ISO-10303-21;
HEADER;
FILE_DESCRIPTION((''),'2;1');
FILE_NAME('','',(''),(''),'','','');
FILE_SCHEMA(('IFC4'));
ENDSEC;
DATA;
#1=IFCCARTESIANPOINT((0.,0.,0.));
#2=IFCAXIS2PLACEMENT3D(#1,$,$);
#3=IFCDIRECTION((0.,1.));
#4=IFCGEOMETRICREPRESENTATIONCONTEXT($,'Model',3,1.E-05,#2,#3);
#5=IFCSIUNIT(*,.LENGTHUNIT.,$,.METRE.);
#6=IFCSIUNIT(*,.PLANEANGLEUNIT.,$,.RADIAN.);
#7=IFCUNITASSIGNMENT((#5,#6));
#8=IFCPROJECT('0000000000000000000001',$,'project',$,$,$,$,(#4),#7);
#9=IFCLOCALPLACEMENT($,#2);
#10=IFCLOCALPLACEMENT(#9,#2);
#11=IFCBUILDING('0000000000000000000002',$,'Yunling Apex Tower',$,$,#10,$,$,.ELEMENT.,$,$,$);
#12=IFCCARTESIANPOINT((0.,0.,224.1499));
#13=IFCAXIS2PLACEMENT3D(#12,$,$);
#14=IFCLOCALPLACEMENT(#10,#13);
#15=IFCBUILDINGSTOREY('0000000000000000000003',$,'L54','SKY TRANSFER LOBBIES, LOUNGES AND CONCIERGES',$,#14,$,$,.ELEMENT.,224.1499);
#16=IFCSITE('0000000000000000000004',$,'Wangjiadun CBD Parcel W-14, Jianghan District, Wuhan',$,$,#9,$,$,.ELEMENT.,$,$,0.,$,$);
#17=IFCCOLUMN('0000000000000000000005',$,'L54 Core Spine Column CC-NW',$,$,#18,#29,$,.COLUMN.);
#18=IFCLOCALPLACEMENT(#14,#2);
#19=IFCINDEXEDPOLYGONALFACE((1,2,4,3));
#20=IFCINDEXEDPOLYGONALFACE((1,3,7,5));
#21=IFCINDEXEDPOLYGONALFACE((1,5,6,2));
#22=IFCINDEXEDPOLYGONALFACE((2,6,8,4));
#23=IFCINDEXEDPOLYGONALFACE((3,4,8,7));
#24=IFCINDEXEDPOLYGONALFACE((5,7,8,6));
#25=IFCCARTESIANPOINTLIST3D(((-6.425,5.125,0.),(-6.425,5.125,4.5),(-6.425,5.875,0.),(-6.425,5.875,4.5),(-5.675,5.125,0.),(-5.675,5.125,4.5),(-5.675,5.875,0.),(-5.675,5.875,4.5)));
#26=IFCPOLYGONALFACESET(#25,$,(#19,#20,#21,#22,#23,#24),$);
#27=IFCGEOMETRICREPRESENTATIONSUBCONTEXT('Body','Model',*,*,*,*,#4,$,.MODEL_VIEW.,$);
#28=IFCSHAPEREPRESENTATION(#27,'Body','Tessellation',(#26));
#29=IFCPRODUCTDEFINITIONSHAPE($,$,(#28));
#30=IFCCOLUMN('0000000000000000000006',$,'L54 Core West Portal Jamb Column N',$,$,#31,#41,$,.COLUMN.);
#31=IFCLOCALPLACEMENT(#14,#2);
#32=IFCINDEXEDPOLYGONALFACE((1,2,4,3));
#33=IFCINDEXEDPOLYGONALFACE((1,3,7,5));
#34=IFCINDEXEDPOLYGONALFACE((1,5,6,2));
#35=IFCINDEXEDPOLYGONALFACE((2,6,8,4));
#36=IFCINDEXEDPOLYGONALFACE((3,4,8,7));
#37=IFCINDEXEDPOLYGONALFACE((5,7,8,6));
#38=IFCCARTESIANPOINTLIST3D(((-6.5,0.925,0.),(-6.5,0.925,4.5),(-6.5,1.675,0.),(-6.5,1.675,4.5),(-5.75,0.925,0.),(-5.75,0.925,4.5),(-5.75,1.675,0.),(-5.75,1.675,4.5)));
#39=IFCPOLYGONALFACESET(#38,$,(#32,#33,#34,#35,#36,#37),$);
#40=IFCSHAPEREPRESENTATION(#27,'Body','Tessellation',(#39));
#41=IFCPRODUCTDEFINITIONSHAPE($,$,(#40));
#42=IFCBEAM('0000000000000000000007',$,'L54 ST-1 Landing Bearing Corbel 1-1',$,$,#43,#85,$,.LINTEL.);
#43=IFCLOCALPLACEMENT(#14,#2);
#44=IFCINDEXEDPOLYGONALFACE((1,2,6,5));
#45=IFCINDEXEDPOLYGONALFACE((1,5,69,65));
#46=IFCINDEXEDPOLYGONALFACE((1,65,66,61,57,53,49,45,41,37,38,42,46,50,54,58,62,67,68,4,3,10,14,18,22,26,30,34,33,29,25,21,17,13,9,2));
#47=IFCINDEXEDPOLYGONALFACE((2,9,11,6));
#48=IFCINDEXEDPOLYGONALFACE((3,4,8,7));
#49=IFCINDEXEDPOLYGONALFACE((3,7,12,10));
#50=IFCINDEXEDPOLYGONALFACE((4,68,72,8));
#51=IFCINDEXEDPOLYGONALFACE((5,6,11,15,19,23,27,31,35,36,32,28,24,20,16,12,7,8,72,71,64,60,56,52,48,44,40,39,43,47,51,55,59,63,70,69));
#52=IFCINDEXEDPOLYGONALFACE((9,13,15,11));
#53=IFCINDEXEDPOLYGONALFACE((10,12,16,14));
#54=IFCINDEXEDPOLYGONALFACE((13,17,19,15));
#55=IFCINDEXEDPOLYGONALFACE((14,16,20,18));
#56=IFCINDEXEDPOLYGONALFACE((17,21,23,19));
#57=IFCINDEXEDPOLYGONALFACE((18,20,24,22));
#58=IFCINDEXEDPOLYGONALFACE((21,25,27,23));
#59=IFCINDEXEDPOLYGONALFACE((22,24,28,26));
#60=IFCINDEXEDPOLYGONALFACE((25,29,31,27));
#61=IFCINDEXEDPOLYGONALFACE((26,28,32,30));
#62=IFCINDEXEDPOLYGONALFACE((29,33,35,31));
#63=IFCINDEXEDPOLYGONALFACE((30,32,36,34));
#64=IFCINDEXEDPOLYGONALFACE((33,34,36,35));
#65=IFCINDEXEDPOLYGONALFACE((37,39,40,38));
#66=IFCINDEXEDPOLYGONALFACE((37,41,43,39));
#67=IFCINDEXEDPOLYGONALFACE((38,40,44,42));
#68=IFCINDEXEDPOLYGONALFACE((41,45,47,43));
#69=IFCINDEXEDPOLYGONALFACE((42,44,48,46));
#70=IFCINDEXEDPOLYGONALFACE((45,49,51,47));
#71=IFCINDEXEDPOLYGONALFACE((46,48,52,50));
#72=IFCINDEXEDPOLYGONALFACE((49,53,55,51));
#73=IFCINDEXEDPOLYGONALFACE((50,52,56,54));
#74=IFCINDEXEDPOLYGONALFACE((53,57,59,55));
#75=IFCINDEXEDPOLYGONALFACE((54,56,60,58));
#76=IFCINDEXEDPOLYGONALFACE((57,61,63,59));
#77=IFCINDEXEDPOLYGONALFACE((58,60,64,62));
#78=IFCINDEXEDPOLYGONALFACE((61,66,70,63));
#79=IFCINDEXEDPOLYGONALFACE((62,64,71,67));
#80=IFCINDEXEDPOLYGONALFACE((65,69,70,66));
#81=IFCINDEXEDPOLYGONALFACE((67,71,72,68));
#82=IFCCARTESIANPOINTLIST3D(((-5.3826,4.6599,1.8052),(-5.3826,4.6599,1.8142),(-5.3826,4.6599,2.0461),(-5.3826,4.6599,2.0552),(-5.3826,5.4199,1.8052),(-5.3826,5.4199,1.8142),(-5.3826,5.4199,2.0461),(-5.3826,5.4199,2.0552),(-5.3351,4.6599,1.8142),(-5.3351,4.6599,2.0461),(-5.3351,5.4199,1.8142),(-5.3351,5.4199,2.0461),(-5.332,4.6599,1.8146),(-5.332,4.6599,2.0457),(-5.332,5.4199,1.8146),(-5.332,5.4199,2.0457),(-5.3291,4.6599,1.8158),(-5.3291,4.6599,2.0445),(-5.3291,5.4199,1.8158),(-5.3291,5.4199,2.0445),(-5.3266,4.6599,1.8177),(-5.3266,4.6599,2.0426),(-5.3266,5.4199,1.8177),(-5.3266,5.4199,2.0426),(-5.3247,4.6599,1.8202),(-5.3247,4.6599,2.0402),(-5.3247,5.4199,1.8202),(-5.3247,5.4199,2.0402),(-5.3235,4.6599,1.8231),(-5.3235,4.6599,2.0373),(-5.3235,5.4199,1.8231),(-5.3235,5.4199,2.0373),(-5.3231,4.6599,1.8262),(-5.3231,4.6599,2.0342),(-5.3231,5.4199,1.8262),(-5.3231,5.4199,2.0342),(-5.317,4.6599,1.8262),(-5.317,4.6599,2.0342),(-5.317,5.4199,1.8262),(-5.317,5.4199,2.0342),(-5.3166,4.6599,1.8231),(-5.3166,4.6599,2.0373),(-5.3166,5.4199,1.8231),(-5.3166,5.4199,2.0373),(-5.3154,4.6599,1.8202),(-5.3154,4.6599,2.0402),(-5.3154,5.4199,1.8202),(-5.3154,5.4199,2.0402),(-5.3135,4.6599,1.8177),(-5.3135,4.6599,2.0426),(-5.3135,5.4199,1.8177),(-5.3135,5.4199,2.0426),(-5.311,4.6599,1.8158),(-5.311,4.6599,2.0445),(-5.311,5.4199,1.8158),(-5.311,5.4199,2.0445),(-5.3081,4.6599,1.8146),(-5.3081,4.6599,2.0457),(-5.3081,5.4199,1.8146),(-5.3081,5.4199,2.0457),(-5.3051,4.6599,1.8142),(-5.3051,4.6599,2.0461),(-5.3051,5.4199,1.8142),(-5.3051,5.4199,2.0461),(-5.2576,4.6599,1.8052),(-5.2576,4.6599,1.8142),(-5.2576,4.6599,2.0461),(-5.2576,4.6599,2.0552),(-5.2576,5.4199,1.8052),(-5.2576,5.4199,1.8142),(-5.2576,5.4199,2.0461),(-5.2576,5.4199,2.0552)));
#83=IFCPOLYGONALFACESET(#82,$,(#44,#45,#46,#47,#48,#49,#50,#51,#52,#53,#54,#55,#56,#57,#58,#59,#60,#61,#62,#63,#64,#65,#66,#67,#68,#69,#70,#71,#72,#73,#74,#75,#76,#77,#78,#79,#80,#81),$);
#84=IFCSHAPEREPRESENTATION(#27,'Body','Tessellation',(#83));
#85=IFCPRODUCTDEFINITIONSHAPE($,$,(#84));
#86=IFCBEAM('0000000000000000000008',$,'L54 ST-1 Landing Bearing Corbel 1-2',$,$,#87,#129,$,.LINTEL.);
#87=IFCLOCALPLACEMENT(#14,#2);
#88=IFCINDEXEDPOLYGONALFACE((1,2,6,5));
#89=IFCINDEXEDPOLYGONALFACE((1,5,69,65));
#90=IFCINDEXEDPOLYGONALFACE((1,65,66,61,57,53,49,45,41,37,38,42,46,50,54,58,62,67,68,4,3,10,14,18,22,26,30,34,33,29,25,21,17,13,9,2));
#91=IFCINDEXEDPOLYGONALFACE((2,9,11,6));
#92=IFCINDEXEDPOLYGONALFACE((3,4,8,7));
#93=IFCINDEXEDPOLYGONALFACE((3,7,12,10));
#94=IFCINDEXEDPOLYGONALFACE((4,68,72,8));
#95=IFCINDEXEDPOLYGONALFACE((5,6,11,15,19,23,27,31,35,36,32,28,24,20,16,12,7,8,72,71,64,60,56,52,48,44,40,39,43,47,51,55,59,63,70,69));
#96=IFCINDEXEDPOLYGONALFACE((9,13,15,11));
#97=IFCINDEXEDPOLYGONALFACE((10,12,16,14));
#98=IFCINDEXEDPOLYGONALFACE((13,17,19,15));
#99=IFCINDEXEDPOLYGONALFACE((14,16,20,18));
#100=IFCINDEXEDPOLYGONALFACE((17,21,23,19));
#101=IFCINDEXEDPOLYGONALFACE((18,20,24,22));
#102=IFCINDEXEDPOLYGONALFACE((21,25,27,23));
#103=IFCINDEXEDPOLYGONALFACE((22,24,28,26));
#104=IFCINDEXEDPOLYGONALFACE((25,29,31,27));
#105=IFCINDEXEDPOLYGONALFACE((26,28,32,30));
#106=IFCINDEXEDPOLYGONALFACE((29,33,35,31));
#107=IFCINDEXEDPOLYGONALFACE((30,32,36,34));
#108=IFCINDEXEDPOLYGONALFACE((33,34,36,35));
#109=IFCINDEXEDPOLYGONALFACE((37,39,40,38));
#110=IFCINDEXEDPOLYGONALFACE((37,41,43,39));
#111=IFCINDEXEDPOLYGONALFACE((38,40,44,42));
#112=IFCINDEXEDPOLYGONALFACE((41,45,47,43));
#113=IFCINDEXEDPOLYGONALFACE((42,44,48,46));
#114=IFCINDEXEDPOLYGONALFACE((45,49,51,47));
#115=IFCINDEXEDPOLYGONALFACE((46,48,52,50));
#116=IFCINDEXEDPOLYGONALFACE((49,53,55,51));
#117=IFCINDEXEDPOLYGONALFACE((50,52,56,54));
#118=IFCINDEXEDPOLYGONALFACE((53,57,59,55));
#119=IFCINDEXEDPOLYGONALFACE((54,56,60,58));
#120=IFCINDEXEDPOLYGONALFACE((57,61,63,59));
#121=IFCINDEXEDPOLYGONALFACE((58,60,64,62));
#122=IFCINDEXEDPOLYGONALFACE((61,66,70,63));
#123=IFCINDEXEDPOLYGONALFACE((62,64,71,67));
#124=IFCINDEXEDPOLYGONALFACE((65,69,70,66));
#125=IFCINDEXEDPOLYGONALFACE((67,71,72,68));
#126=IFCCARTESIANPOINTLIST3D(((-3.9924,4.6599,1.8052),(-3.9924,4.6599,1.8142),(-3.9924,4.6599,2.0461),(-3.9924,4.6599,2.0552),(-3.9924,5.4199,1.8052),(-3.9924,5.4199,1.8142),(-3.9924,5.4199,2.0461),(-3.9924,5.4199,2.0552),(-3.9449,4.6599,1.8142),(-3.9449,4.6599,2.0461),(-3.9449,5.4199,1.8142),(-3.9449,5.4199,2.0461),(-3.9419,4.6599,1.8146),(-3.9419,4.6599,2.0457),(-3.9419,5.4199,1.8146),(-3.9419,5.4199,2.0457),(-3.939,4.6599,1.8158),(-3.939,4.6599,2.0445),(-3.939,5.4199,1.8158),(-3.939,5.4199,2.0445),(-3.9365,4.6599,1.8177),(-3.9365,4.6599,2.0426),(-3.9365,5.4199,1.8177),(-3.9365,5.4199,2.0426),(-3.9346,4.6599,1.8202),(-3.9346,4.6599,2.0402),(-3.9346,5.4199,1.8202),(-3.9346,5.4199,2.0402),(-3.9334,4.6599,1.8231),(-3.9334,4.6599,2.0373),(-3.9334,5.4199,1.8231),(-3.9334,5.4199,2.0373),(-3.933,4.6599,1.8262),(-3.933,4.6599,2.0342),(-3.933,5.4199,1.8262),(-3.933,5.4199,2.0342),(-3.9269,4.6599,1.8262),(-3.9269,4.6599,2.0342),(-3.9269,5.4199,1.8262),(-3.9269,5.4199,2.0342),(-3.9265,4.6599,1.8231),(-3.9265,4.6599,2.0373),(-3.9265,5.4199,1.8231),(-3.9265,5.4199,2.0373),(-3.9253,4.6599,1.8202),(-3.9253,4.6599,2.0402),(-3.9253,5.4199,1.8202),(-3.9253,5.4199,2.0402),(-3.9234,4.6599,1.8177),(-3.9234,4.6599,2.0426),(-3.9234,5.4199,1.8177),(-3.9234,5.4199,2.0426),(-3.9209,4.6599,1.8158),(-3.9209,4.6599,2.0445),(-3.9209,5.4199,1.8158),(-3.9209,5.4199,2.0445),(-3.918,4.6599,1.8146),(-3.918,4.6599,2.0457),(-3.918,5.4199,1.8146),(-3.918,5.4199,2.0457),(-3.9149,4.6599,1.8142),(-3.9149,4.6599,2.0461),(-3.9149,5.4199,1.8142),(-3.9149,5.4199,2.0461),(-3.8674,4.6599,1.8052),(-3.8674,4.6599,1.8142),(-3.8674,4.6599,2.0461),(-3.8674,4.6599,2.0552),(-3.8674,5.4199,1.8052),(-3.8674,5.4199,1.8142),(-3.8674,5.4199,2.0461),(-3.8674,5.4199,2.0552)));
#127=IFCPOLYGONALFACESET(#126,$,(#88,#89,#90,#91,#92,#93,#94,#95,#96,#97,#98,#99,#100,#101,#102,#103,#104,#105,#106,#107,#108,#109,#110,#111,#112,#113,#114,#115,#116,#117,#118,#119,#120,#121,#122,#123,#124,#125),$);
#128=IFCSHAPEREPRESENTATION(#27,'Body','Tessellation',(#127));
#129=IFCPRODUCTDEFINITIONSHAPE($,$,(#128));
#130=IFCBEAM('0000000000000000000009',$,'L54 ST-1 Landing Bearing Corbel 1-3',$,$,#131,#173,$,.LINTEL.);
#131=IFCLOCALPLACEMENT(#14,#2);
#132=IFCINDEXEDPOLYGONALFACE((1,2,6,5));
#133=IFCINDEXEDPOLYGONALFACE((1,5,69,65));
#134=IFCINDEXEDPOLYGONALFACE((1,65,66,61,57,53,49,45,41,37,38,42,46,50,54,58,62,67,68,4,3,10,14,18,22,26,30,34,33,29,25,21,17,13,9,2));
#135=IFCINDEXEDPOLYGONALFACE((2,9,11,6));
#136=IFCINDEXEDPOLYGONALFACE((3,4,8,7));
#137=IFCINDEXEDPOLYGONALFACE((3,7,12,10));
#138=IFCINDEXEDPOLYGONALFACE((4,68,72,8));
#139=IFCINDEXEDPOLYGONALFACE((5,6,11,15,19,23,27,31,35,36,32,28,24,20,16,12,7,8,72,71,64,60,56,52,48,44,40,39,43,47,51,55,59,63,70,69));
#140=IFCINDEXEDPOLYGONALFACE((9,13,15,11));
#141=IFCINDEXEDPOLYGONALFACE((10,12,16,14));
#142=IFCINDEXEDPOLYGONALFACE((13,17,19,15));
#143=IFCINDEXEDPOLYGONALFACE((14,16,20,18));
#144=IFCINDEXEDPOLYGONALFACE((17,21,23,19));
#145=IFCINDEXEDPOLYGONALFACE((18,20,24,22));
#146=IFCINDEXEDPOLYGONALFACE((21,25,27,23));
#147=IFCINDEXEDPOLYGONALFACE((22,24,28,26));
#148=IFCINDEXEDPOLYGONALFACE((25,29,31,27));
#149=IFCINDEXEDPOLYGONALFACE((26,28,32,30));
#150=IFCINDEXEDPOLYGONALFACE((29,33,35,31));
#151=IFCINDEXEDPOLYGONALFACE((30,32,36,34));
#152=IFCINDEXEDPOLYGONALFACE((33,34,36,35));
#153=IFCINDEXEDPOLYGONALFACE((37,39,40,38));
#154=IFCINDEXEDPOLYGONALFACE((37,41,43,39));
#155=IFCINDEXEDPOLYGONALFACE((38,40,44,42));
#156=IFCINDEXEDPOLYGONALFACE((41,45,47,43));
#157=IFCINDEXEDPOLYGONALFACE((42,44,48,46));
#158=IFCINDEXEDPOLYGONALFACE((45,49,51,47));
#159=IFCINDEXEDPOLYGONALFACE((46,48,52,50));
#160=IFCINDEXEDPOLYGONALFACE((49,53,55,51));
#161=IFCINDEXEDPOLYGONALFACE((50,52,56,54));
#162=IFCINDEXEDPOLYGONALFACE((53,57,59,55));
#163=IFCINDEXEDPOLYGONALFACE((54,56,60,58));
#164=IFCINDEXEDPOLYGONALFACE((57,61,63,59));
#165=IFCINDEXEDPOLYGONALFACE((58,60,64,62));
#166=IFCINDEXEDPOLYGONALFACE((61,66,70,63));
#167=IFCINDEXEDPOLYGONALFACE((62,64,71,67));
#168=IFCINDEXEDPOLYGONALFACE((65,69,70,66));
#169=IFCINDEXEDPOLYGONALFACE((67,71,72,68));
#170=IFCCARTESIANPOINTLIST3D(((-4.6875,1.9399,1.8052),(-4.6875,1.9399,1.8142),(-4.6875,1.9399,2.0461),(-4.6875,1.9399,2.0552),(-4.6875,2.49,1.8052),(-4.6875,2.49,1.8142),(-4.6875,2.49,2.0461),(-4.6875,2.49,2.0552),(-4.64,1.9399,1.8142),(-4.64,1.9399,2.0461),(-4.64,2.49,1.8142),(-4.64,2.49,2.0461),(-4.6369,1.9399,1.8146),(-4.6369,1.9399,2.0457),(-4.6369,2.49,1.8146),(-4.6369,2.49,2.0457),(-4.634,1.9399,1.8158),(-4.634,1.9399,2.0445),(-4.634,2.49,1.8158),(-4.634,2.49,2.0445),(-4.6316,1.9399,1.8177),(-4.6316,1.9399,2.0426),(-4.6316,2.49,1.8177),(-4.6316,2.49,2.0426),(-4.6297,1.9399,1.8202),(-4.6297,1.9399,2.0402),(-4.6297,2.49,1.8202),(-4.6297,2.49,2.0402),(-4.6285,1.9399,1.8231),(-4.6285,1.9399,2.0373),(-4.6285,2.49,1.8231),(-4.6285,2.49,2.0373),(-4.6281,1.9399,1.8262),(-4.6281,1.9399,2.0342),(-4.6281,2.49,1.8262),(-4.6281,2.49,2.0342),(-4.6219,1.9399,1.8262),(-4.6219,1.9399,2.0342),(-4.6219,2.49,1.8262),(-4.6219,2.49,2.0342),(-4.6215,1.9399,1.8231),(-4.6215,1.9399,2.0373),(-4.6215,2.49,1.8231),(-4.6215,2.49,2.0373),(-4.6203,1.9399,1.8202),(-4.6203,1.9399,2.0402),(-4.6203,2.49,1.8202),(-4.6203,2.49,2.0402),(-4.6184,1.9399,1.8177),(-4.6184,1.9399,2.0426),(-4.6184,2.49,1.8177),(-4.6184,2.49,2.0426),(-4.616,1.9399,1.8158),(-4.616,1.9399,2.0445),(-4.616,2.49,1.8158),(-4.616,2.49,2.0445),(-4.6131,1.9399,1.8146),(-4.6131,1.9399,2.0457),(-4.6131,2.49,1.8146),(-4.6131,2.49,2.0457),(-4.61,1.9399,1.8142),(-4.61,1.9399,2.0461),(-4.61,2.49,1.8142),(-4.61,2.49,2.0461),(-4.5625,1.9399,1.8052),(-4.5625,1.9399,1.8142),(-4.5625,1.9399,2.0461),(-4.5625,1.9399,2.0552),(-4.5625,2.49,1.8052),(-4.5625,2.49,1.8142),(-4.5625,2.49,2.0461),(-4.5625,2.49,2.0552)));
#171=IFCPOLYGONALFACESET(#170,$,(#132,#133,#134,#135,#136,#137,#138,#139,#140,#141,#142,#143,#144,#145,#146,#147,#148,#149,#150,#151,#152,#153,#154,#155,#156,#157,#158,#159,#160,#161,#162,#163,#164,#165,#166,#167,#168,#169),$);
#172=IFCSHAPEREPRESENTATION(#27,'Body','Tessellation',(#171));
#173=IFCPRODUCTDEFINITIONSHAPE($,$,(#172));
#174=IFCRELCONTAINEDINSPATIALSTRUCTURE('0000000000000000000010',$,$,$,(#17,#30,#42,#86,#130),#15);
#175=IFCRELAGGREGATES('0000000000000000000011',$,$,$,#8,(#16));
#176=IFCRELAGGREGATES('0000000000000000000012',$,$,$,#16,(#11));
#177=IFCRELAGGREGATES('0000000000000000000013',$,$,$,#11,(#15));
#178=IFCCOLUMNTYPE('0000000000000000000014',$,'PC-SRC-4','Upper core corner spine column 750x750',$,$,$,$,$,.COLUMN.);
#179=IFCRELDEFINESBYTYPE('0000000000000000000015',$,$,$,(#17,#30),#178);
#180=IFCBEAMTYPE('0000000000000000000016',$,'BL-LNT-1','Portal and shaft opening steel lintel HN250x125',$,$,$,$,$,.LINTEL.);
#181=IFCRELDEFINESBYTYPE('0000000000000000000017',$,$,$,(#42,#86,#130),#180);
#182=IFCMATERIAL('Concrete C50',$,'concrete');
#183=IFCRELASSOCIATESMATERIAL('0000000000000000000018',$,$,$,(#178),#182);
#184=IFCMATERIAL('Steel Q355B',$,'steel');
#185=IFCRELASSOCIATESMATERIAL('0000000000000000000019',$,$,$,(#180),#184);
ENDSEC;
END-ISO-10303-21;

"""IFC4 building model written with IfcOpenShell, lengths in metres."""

from ifc_helpers import new_model, si_unit, direction, frame, origin, origin_2d, place, context, subcontext, project, spatial, rectangle, i_section, extrude, source, transform, mapped, material, material_profile, profile_set, type_object, element, save


model = new_model("IFC4")

# Units and contexts
model_context = context("Model", 3, precision=1e-05, world=origin(), true_north=direction((0.0, 1.0)))
body_context = subcontext(model_context, "Body", "Model", "MODEL_VIEW")
ifc_project = project(units=[si_unit("LENGTHUNIT", "METRE"), si_unit("PLANEANGLEUNIT", "RADIAN")], contexts=[model_context])

# Site, building, storey
site_placement = place(None, origin())
site = spatial("IfcSite", under=ifc_project, at=site_placement, Name="Wangjiadun CBD Parcel W-14, Jianghan District, Wuhan", CompositionType="ELEMENT", RefElevation=0.0)
building_placement = place(site_placement, origin())
building = spatial("IfcBuilding", under=site, at=building_placement, Name="Yunling Apex Tower", CompositionType="ELEMENT")
storey_placement = place(building_placement, frame((0.0, 0.0, 224.1499)))
storey = spatial("IfcBuildingStorey", under=building, at=storey_placement, Name="L54", Description="SKY TRANSFER LOBBIES, LOUNGES AND CONCIERGES", CompositionType="ELEMENT", Elevation=224.1499)

# Columns
ifc_material_1 = material(Name="Concrete C50", Category="concrete")
ifc_material_profile_1 = material_profile(ifc_material_1, rectangle(XDim=0.75, YDim=0.75, at=origin_2d()))
ifc_profile_set_1 = profile_set([ifc_material_profile_1], Name="Concrete C50")
column_type = type_object("IfcColumnType", Name="PC-SRC-4", Description="Upper core corner spine column 750x750", PredefinedType="COLUMN", material=ifc_profile_set_1)
shared_shape_1 = source(origin(), body_context, "Body", "SweptSolid", [
    extrude(rectangle(XDim=0.75, YDim=0.75, at=origin_2d()), origin(), (0.0, 0.0, 1.0), 4.5),
])
for number, where, z_axis, x_axis, name in (
    (1, (-6.05, 5.5, 0.0), (0.0, 0.0, 1.0), (1.0, 0.0, 0.0), "L54 Core Spine Column CC-NW"),
    (2, (-6.125, 1.3, 0.0), (0.0, 0.0, 1.0), (1.0, 0.0, 0.0), "L54 Core West Portal Jamb Column N"),
):
    element("IfcColumn", number, at=place(storey_placement, frame(where, z_axis=z_axis, x_axis=x_axis)), inside=storey, type_object=column_type, Name=name, PredefinedType="COLUMN", context=body_context, shape_type="MappedRepresentation", body=[
        mapped(shared_shape_1, transform((0.0, 0.0, 0.0), scale=1.0)),
    ])

# Beams
ifc_material_2 = material(Name="Steel Q355B", Category="steel")
ifc_material_profile_2 = material_profile(ifc_material_2, i_section(OverallWidth=0.125, OverallDepth=0.25, WebThickness=0.0061, FlangeThickness=0.009, FilletRadius=0.012, at=origin_2d()))
ifc_profile_set_2 = profile_set([ifc_material_profile_2], Name="Steel Q355B")
beam_type_1 = type_object("IfcBeamType", Name="BL-LNT-1", Description="Portal and shaft opening steel lintel HN250x125", PredefinedType="LINTEL", material=ifc_profile_set_2)
shared_shape_2 = source(origin(), body_context, "Body", "SweptSolid", [
    extrude(i_section(OverallWidth=0.125, OverallDepth=0.25, WebThickness=0.0061, FlangeThickness=0.009, FilletRadius=0.012, at=origin_2d()), origin(), (0.0, 0.0, 1.0), 0.76),
])
for number, where, z_axis, x_axis, name in (
    (3, (-5.3201, 5.4199, 1.9302), (0.0, -1.0, 0.0), (1.0, 0.0, 0.0), "L54 ST-1 Landing Bearing Corbel 1-1"),
    (4, (-3.9299, 5.4199, 1.9302), (0.0, -1.0, 0.0), (1.0, 0.0, 0.0), "L54 ST-1 Landing Bearing Corbel 1-2"),
):
    element("IfcBeam", number, at=place(storey_placement, frame(where, z_axis=z_axis, x_axis=x_axis)), inside=storey, type_object=beam_type_1, Name=name, PredefinedType="LINTEL", context=body_context, shape_type="MappedRepresentation", body=[
        mapped(shared_shape_2, transform((0.0, 0.0, 0.0), scale=1.0)),
    ])
shared_shape_3 = source(origin(), body_context, "Body", "SweptSolid", [
    extrude(i_section(OverallWidth=0.125, OverallDepth=0.25, WebThickness=0.0061, FlangeThickness=0.009, FilletRadius=0.012, at=origin_2d()), origin(), (0.0, 0.0, 1.0), 0.55),
])
beam_1_placement = place(storey_placement, frame((-4.625, 1.9399, 1.9302), z_axis=(0.0, 1.0, 0.0), x_axis=(-1.0, 0.0, 0.0)))
element("IfcBeam", 5, at=beam_1_placement, inside=storey, type_object=beam_type_1, Name="L54 ST-1 Landing Bearing Corbel 1-3", PredefinedType="LINTEL", context=body_context, shape_type="MappedRepresentation", body=[
    mapped(shared_shape_3, transform((0.0, 0.0, 0.0), scale=1.0)),
])

save(model, "model.ifc")
